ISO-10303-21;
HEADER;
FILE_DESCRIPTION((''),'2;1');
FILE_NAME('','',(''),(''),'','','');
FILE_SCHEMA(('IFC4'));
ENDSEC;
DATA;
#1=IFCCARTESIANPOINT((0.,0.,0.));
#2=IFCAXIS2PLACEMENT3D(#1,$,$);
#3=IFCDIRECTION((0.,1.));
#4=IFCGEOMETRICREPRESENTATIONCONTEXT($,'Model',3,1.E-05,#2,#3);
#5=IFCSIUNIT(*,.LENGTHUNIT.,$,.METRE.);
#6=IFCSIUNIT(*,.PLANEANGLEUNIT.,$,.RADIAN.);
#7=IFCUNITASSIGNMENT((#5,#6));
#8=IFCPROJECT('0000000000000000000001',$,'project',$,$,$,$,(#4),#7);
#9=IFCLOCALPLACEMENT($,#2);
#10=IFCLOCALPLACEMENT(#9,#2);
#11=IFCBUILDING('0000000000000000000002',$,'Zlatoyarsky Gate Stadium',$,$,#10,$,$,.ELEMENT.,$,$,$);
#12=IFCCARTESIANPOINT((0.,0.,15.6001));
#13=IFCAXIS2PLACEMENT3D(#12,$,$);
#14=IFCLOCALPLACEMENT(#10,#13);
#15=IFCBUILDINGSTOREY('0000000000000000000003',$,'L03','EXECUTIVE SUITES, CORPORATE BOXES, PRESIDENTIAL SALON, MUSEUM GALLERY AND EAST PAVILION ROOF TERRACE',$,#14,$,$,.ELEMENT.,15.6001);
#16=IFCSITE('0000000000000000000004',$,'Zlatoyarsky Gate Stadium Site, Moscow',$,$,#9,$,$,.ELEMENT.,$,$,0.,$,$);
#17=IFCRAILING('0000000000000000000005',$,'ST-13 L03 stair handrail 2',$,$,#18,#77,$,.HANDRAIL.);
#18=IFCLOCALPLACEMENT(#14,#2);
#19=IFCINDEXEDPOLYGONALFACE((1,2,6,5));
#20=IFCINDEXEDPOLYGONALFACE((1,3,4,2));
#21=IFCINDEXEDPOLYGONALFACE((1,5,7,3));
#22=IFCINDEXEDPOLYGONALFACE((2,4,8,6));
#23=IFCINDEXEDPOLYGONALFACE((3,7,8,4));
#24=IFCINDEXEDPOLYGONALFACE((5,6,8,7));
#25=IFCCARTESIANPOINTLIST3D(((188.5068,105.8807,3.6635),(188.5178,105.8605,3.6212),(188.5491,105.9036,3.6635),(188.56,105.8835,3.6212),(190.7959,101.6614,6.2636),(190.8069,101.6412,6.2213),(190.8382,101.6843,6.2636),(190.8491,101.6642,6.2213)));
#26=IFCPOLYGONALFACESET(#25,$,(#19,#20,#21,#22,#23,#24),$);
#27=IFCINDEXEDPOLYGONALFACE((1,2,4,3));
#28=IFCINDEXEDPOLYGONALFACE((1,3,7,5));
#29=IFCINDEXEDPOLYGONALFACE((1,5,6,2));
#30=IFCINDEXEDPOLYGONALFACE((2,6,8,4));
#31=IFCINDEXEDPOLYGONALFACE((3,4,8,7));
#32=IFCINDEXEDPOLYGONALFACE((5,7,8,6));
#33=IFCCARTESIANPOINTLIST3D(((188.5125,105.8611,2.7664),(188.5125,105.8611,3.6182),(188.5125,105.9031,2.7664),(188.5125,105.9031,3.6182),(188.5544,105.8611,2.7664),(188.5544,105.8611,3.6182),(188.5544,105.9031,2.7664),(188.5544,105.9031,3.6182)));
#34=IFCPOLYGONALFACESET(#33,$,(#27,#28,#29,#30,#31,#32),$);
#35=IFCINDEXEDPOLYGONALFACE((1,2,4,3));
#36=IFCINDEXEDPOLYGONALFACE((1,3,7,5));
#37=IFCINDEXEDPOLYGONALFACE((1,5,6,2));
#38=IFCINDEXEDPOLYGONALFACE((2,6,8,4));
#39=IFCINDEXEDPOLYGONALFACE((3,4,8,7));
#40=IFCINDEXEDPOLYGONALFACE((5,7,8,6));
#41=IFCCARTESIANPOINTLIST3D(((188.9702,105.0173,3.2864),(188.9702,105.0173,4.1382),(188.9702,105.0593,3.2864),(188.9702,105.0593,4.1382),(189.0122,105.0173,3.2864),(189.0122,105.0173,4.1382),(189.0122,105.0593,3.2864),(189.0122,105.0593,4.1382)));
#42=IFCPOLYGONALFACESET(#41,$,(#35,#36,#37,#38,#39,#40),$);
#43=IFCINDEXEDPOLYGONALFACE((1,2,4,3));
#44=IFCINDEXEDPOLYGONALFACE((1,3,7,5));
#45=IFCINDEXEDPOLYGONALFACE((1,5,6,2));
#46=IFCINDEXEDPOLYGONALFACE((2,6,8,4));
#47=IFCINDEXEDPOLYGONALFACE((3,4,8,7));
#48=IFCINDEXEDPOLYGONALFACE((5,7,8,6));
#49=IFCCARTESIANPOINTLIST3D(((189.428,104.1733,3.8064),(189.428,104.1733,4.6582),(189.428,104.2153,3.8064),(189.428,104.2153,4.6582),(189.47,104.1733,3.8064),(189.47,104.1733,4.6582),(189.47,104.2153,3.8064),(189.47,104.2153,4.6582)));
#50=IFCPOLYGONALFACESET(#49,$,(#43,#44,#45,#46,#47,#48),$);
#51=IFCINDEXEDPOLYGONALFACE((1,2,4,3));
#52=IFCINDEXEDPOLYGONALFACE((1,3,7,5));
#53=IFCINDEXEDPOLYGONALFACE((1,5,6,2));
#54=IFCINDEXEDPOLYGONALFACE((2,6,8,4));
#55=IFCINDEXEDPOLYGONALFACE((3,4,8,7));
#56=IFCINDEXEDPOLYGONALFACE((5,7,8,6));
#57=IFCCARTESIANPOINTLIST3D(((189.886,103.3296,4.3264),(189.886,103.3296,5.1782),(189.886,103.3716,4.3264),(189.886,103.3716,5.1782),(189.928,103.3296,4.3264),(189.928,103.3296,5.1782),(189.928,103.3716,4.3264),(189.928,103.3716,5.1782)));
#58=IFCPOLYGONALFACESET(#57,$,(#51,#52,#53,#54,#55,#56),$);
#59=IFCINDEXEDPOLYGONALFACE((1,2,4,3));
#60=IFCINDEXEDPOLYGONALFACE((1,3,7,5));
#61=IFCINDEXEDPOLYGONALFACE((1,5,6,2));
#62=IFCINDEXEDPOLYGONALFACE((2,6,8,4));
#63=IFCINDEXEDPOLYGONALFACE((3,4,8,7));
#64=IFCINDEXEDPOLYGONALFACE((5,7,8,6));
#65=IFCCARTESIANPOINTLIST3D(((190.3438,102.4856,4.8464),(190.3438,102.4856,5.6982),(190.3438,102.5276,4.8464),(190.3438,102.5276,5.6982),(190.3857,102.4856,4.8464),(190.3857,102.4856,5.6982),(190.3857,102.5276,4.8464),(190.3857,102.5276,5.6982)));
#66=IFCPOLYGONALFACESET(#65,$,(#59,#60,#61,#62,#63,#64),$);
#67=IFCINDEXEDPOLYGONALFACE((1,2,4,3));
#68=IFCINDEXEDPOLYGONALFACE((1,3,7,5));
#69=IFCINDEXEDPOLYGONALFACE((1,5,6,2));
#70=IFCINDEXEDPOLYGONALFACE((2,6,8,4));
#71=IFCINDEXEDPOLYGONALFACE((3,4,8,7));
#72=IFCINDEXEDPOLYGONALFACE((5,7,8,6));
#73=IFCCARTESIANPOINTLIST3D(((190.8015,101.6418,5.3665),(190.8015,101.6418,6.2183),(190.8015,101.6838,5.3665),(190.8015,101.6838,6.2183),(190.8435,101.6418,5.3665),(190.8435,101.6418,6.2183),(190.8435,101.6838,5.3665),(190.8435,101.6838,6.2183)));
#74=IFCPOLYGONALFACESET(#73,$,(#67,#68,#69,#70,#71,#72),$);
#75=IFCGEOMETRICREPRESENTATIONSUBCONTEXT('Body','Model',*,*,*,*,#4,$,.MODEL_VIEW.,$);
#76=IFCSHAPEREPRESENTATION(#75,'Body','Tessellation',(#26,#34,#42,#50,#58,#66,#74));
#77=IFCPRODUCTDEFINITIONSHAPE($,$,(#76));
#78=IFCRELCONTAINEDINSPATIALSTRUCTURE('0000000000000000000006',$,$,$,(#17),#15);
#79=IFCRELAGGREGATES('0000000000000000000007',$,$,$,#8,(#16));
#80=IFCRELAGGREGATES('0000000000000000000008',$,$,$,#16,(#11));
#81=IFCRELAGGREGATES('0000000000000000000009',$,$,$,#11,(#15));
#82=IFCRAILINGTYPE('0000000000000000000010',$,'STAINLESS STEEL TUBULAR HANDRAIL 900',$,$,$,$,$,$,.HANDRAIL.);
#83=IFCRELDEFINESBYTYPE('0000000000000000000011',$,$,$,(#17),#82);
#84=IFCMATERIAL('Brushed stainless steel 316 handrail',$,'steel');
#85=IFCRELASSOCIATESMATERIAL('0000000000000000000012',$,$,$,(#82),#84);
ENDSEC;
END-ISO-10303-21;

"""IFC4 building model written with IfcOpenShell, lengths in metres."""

from ifc_helpers import new_model, si_unit, direction, frame, origin, origin_2d, place, context, subcontext, project, spatial, rectangle, extrude, material, type_object, element, save


model = new_model("IFC4")

# Units and contexts
model_context = context("Model", 3, precision=1e-05, world=origin(), true_north=direction((0.0, 1.0)))
body_context = subcontext(model_context, "Body", "Model", "MODEL_VIEW")
ifc_project = project(units=[si_unit("LENGTHUNIT", "METRE"), si_unit("PLANEANGLEUNIT", "RADIAN")], contexts=[model_context])

# Site, building, storey
site_placement = place(None, origin())
site = spatial("IfcSite", under=ifc_project, at=site_placement, Name="Zlatoyarsky Gate Stadium Site, Moscow", CompositionType="ELEMENT", RefElevation=0.0)
building_placement = place(site_placement, origin())
building = spatial("IfcBuilding", under=site, at=building_placement, Name="Zlatoyarsky Gate Stadium", CompositionType="ELEMENT")
storey_placement = place(building_placement, frame((0.0, 0.0, 15.6001)))
storey = spatial("IfcBuildingStorey", under=building, at=storey_placement, Name="L03", Description="EXECUTIVE SUITES, CORPORATE BOXES, PRESIDENTIAL SALON, MUSEUM GALLERY AND EAST PAVILION ROOF TERRACE", CompositionType="ELEMENT", Elevation=15.6001)

# Railing
ifc_material_1 = material(Name="Brushed stainless steel 316 handrail", Category="steel")
railing_type_1 = type_object("IfcRailingType", Name="STAINLESS STEEL TUBULAR HANDRAIL 900", PredefinedType="HANDRAIL", material=ifc_material_1)
railing_1_placement = place(storey_placement, frame((188.5334, 105.8821, 2.7664)))
element("IfcRailing", 1, at=railing_1_placement, inside=storey, type_object=railing_type_1, Name="ST-13 L03 stair handrail 2", PredefinedType="HANDRAIL", context=body_context, shape_type="SweptSolid", body=[
    extrude(rectangle(XDim=0.0481, YDim=0.0481, at=origin_2d()), frame((0.0, 0.0, 0.876), z_axis=(0.419308, -0.772875, 0.476283), x_axis=(0.878974, 0.47687, 0.0)), (0.0, 0.0, 1.0), 5.4592),
    extrude(rectangle(XDim=0.042, YDim=0.042, at=origin_2d()), origin(), (0.0, 0.0, 1.0), 0.8518),
    extrude(rectangle(XDim=0.042, YDim=0.042, at=origin_2d()), frame((0.4578, -0.8438, 0.52)), (0.0, 0.0, 1.0), 0.8518),
    extrude(rectangle(XDim=0.042, YDim=0.042, at=origin_2d()), frame((0.9155, -1.6877, 1.04)), (0.0, 0.0, 1.0), 0.8518),
    extrude(rectangle(XDim=0.042, YDim=0.042, at=origin_2d()), frame((1.3735, -2.5315, 1.5601)), (0.0, 0.0, 1.0), 0.8518),
    extrude(rectangle(XDim=0.042, YDim=0.042, at=origin_2d()), frame((1.8313, -3.3755, 2.0801)), (0.0, 0.0, 1.0), 0.8518),
    extrude(rectangle(XDim=0.042, YDim=0.042, at=origin_2d()), frame((2.2891, -4.2192, 2.6001)), (0.0, 0.0, 1.0), 0.8518),
])

save(model, "model.ifc")
